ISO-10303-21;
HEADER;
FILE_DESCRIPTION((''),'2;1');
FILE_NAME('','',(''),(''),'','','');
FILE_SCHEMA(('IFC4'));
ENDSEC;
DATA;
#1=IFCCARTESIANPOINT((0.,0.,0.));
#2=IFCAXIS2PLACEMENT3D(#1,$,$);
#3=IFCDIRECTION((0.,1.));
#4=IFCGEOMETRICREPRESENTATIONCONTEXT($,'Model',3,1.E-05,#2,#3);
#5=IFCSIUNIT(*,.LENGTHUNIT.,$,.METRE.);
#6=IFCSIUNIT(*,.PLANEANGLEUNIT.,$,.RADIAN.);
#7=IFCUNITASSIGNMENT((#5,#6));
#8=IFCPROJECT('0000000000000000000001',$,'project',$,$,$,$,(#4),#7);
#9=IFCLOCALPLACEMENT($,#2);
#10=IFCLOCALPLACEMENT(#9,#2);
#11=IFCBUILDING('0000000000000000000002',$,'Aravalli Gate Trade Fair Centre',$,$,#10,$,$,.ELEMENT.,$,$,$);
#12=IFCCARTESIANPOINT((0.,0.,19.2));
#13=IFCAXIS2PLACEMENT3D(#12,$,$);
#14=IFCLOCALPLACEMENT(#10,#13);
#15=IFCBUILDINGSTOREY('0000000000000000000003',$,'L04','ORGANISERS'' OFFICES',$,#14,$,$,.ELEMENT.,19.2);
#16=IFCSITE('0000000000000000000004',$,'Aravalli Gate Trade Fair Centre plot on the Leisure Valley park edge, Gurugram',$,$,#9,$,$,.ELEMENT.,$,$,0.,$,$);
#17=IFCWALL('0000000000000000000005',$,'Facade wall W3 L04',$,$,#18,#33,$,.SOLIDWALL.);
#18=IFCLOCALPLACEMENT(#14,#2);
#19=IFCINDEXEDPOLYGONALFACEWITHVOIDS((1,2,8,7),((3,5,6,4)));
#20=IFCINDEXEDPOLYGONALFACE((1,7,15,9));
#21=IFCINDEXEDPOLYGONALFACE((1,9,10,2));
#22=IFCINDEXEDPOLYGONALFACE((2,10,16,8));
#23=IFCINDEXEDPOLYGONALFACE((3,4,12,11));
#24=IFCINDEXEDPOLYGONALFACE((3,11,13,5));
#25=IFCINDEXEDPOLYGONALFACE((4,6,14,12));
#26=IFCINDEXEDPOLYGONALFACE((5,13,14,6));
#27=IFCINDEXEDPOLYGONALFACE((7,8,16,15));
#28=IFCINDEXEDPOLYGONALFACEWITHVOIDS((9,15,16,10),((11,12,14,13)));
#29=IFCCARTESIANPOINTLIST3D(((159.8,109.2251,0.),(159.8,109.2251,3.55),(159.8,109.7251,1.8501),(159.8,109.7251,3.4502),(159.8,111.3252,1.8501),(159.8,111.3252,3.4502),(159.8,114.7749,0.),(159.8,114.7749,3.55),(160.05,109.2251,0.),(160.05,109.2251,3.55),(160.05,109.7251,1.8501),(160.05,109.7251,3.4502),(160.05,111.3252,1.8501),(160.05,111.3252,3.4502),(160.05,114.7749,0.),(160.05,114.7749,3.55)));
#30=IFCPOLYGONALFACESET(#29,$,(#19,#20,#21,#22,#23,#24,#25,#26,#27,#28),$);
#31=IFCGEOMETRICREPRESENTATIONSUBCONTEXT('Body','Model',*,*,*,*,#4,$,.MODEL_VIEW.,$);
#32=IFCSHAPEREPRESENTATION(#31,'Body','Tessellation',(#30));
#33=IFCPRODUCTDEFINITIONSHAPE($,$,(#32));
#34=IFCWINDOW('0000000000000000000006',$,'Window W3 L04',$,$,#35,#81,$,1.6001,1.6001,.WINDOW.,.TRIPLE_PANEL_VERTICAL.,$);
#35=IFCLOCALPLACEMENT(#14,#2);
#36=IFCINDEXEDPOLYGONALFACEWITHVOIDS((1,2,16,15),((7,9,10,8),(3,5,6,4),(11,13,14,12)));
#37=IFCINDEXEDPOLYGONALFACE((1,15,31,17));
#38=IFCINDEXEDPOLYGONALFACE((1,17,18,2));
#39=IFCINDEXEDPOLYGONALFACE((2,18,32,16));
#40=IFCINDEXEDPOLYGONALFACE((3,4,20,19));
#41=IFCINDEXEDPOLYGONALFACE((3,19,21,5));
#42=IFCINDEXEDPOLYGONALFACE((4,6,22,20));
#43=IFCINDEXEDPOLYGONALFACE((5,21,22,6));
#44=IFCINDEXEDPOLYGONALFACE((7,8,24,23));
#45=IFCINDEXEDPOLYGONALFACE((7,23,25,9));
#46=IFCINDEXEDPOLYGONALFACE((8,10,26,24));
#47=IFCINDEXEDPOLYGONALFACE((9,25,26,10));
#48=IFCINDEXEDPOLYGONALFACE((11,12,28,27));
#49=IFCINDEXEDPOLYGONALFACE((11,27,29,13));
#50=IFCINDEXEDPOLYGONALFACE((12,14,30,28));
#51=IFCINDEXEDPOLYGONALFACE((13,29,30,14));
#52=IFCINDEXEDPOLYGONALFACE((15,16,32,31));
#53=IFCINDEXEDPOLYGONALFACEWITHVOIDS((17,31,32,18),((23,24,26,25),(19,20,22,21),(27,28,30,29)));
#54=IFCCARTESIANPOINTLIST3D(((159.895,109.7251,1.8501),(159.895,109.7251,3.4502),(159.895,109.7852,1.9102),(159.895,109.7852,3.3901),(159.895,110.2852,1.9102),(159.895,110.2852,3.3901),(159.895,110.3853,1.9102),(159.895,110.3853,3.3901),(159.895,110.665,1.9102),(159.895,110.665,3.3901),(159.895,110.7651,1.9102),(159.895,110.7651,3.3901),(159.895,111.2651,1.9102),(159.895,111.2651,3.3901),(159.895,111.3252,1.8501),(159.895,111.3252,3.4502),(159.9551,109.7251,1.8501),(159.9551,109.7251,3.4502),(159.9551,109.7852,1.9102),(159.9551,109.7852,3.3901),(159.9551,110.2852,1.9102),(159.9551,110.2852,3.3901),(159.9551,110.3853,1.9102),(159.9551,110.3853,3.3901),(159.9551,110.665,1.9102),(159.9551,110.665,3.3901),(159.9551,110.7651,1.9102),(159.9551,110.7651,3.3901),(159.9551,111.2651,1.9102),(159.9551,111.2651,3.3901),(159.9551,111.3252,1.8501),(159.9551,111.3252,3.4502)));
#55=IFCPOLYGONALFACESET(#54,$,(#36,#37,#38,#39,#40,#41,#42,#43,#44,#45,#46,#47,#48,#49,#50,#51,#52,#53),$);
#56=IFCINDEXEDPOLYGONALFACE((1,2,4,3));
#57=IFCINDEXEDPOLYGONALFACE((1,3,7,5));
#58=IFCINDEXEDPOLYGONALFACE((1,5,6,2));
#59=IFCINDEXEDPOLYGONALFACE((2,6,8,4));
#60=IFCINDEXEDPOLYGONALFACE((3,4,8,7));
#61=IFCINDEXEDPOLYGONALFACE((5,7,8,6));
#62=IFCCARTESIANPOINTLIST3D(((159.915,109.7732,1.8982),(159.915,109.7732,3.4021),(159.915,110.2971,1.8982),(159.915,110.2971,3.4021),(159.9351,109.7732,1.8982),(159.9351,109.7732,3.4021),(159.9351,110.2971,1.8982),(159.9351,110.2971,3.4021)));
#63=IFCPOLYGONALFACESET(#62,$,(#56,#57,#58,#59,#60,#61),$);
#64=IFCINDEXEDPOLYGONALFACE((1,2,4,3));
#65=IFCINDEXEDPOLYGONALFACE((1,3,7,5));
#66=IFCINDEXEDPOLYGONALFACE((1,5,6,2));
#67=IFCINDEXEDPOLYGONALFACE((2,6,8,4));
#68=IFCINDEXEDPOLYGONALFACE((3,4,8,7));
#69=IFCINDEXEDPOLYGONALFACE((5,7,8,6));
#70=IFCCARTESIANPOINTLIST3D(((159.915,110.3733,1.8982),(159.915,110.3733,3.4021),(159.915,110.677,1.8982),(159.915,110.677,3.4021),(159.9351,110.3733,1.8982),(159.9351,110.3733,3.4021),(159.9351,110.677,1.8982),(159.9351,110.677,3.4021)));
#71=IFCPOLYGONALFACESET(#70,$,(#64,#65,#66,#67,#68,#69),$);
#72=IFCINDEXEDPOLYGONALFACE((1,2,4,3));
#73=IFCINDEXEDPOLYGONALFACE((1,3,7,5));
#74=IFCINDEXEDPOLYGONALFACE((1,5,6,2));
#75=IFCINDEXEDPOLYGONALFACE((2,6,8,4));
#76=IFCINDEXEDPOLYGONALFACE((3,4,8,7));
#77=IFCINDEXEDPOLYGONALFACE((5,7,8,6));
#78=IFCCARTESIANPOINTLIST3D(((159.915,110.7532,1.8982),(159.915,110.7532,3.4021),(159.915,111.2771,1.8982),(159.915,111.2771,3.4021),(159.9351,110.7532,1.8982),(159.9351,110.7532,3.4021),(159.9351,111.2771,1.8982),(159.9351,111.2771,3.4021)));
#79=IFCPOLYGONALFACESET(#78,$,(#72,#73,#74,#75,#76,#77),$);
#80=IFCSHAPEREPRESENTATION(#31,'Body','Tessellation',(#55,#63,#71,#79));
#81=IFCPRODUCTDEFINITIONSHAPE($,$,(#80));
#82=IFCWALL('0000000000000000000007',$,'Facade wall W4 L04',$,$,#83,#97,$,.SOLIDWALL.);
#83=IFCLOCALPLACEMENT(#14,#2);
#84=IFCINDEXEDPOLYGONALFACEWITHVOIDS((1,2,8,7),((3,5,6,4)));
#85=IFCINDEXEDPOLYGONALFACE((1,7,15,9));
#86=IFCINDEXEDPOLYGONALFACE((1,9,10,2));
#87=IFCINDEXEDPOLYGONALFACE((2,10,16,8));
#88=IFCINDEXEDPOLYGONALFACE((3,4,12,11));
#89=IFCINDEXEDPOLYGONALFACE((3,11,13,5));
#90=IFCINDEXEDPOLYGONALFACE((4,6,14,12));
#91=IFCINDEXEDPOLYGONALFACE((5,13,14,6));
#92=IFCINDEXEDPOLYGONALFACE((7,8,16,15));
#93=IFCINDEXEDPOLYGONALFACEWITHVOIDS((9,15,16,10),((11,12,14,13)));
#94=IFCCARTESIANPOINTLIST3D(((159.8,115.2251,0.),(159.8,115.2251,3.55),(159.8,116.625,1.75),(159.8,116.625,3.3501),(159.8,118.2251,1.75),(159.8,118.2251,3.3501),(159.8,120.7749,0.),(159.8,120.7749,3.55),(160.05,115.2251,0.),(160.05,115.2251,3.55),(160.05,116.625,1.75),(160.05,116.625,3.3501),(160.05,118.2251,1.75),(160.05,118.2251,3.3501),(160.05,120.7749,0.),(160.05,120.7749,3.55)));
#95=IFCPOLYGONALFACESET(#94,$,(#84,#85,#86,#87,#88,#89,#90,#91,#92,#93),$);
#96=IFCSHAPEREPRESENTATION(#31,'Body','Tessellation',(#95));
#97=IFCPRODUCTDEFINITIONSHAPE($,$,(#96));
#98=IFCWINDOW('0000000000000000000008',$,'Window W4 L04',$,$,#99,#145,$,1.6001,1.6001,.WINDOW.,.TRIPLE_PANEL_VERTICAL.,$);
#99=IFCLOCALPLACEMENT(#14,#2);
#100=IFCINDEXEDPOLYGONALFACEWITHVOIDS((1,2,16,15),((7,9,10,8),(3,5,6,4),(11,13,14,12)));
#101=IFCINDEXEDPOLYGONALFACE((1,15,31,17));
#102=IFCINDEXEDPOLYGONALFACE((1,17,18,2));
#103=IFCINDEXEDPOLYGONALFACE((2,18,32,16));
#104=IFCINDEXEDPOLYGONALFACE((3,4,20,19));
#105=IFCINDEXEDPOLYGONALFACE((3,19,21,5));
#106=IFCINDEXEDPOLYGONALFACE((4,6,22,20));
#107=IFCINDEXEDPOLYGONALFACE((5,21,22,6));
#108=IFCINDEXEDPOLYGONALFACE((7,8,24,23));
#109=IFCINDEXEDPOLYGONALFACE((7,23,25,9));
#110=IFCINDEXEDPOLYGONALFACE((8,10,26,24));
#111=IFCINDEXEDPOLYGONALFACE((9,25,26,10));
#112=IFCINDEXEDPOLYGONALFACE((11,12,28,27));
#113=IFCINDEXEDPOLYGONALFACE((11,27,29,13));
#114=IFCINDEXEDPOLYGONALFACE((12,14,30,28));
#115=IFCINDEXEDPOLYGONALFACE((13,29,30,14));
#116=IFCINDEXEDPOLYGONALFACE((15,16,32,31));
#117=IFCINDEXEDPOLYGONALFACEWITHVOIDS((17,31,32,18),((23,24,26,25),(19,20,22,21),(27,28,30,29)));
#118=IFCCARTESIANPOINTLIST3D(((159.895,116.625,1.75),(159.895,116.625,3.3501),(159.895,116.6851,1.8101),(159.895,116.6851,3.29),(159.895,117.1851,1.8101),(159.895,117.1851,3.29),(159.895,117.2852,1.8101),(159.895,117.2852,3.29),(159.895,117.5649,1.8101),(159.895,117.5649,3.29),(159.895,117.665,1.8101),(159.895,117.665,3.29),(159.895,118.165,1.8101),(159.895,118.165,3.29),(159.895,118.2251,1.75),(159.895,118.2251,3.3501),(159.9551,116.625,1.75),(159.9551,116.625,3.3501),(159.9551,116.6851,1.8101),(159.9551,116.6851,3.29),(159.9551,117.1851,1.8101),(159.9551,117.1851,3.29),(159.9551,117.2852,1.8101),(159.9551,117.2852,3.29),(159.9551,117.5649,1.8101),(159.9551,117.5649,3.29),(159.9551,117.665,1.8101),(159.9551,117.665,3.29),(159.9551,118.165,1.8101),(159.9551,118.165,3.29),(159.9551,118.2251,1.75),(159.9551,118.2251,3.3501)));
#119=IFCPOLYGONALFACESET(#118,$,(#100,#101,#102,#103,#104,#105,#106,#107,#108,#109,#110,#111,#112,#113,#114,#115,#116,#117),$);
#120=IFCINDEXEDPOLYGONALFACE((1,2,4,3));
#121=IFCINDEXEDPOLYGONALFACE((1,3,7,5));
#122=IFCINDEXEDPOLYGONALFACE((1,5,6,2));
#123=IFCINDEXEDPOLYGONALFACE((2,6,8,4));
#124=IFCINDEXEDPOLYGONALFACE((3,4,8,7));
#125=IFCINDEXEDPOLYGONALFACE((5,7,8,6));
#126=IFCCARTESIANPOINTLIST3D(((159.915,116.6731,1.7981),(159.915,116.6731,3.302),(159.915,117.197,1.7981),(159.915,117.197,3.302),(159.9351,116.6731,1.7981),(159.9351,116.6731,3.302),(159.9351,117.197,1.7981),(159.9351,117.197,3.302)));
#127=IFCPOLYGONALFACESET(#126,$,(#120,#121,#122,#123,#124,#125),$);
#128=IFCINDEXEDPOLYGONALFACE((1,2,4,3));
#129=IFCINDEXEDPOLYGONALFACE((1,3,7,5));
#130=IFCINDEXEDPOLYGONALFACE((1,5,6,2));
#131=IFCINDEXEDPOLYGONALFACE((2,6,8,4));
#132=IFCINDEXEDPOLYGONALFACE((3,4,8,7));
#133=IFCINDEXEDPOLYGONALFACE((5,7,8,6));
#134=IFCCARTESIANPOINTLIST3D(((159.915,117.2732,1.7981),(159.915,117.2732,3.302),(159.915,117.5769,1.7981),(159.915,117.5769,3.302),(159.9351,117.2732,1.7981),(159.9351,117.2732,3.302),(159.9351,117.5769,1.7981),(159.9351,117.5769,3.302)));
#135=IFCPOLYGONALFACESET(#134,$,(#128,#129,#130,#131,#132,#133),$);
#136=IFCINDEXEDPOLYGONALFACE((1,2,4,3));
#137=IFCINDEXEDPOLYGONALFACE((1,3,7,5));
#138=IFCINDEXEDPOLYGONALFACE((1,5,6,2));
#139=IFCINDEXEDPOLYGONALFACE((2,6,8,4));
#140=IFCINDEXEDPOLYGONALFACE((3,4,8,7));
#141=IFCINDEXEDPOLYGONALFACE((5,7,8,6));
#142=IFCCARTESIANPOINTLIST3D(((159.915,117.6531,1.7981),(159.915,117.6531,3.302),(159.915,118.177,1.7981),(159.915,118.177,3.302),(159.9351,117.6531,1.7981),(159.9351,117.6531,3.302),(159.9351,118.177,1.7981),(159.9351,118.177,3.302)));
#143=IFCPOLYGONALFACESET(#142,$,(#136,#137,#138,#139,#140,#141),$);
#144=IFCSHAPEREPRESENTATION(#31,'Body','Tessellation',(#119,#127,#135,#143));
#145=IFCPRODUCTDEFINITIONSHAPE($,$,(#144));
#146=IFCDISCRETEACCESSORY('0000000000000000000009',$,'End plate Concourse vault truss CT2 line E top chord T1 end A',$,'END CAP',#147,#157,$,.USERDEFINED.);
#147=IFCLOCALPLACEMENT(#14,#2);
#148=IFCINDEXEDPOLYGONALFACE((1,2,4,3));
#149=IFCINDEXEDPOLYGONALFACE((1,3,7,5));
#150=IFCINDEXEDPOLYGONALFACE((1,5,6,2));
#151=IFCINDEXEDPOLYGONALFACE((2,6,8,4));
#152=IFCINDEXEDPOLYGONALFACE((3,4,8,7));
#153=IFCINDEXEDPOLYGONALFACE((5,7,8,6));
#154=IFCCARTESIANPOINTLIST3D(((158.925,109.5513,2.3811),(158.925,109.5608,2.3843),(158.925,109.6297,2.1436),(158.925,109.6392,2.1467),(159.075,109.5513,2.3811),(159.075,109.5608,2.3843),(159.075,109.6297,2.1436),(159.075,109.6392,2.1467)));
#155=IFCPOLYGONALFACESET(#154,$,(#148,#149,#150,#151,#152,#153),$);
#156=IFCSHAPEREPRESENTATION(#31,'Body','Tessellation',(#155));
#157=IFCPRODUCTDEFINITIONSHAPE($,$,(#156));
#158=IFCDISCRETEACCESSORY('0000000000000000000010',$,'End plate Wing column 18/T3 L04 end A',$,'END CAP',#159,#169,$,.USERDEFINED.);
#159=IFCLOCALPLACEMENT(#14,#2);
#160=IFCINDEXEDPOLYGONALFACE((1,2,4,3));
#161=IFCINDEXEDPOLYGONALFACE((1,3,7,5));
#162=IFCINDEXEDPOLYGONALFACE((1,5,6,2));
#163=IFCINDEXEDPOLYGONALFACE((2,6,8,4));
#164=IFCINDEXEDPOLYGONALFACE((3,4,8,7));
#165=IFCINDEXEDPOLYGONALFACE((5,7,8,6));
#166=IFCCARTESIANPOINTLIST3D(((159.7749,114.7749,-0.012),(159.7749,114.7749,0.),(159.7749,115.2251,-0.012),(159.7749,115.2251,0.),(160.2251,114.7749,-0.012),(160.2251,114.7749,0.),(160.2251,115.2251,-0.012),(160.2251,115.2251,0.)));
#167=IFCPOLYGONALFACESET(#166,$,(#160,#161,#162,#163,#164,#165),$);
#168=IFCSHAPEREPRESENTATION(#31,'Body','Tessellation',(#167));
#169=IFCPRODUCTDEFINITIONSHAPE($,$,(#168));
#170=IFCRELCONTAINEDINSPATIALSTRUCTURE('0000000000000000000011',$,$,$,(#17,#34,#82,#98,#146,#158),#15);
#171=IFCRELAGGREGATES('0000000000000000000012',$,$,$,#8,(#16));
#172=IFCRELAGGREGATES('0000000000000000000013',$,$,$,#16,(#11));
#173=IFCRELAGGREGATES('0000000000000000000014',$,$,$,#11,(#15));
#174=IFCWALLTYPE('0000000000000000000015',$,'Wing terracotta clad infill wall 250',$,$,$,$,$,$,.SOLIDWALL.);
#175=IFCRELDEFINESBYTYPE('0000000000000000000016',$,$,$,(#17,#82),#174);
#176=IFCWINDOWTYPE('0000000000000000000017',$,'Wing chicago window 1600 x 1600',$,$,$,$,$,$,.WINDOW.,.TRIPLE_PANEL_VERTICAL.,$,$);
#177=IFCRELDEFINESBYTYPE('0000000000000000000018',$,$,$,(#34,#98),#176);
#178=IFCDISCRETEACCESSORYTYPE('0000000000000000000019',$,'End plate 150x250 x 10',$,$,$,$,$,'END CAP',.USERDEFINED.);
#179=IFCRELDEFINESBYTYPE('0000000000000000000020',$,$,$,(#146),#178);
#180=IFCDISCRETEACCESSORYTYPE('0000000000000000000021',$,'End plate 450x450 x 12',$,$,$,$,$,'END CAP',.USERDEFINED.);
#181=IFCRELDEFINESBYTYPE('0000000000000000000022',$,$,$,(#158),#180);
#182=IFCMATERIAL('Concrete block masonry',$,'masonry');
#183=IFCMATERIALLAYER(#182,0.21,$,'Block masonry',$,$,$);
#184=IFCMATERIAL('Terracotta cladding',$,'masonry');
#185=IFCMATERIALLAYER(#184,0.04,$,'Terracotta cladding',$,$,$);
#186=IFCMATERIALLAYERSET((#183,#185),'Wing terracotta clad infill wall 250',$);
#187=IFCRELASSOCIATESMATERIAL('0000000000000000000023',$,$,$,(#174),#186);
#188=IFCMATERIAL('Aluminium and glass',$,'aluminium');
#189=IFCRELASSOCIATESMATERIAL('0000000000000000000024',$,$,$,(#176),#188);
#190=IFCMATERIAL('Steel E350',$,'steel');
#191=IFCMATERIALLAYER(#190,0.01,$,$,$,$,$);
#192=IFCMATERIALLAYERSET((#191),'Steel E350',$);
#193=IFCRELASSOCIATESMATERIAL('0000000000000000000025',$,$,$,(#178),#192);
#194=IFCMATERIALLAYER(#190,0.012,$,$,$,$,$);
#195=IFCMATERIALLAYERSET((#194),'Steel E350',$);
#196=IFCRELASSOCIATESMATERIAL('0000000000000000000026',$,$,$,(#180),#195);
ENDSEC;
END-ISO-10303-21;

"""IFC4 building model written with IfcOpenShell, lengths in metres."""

from ifc_helpers import new_model, si_unit, direction, frame, frame_2d, origin, place, context, subcontext, project, spatial, polyline, rectangle, outline, extrude, material, layer, layer_set, type_object, element, fill, save


model = new_model("IFC4")

# Units and contexts
model_context = context("Model", 3, precision=1e-05, world=origin(), true_north=direction((0.0, 1.0)))
body_context = subcontext(model_context, "Body", "Model", "MODEL_VIEW")
ifc_project = project(units=[si_unit("LENGTHUNIT", "METRE"), si_unit("PLANEANGLEUNIT", "RADIAN")], contexts=[model_context])

# Site, building, storey
site_placement = place(None, origin())
site = spatial("IfcSite", under=ifc_project, at=site_placement, Name="Aravalli Gate Trade Fair Centre plot on the Leisure Valley park edge, Gurugram", CompositionType="ELEMENT", RefElevation=0.0)
building_placement = place(site_placement, origin())
building = spatial("IfcBuilding", under=site, at=building_placement, Name="Aravalli Gate Trade Fair Centre", CompositionType="ELEMENT")
storey_placement = place(building_placement, frame((0.0, 0.0, 19.2)))
storey = spatial("IfcBuildingStorey", under=building, at=storey_placement, Name="L04", Description="ORGANISERS' OFFICES", CompositionType="ELEMENT", Elevation=19.2)

# Shared definitions
ifc_material_1 = material(Name="Steel E350", Category="steel")

# Shared definitions
ifc_material_2 = material(Name="Aluminium and glass", Category="aluminium")

# Walls, openings, windows
ifc_material_3 = material(Name="Concrete block masonry", Category="masonry")
ifc_layer_1 = layer(ifc_material_3, 0.21, Name="Block masonry")
ifc_material_4 = material(Name="Terracotta cladding", Category="masonry")
ifc_layer_2 = layer(ifc_material_4, 0.04, Name="Terracotta cladding")
ifc_layer_set_1 = layer_set([ifc_layer_1, ifc_layer_2], Name="Wing terracotta clad infill wall 250")
wall_type_1 = type_object("IfcWallType", Name="Wing terracotta clad infill wall 250", PredefinedType="SOLIDWALL", material=ifc_layer_set_1)
wall_1_placement = place(storey_placement, frame((159.925, 109.2251, 0.0), z_axis=(0.0, 0.0, 1.0), x_axis=(0.0, 1.0, 0.0)))
wall_1 = element("IfcWall", 1, at=wall_1_placement, inside=storey, type_object=wall_type_1, Name="Facade wall W3 L04", PredefinedType="SOLIDWALL", context=body_context, shape_type="SweptSolid", body=[
    extrude(rectangle(XDim=5.5498, YDim=0.25, at=frame_2d((2.7749, 0.0))), origin(), (0.0, 0.0, 1.0), 3.55),
])
opening_1_placement = place(wall_1_placement, frame((0.5, 0.0, 1.8501)))
opening_1 = element("IfcOpeningElement", 2, at=opening_1_placement, cuts=wall_1, PredefinedType="OPENING", context=body_context, shape_type="SweptSolid", body=[
    extrude(rectangle(XDim=1.6001, YDim=1.6001, at=frame_2d((0.8, 0.8))), frame((0.0, 0.135, 0.0), z_axis=(0.0, -1.0, 0.0), x_axis=(1.0, 0.0, 0.0)), (0.0, 0.0, 1.0), 0.27),
])
window_type = type_object("IfcWindowType", Name="Wing chicago window 1600 x 1600", PartitioningType="TRIPLE_PANEL_VERTICAL", PredefinedType="WINDOW", material=ifc_material_2)
window_1_placement = place(opening_1_placement, origin())
window_1 = element("IfcWindow", 3, at=window_1_placement, inside=storey, type_object=window_type, Name="Window W3 L04", OverallHeight=1.6001, OverallWidth=1.6001, PartitioningType="TRIPLE_PANEL_VERTICAL", PredefinedType="WINDOW", context=body_context, shape_type="SweptSolid", body=[
    extrude(outline(polyline([(0.0, 0.0), (1.6001, 0.0), (1.6001, 1.6001), (0.0, 1.6001), (0.0, 0.0)]), holes=[polyline([(0.0601, 0.0601), (0.5601, 0.0601), (0.5601, 1.54), (0.0601, 1.54), (0.0601, 0.0601)]), polyline([(0.6602, 0.0601), (0.9399, 0.0601), (0.9399, 1.54), (0.6602, 1.54), (0.6602, 0.0601)]), polyline([(1.04, 0.0601), (1.54, 0.0601), (1.54, 1.54), (1.04, 1.54), (1.04, 0.0601)])]), frame((0.0, 0.03, 0.0), z_axis=(0.0, -1.0, 0.0), x_axis=(1.0, 0.0, 0.0)), (0.0, 0.0, 1.0), 0.0601),
    extrude(rectangle(XDim=0.5239, YDim=1.5039, at=frame_2d((0.3101, 0.8))), frame((0.0, 0.01, 0.0), z_axis=(0.0, -1.0, 0.0), x_axis=(1.0, 0.0, 0.0)), (0.0, 0.0, 1.0), 0.02),
    extrude(rectangle(XDim=0.3037, YDim=1.5039, at=frame_2d((0.8, 0.8))), frame((0.0, 0.01, 0.0), z_axis=(0.0, -1.0, 0.0), x_axis=(1.0, 0.0, 0.0)), (0.0, 0.0, 1.0), 0.02),
    extrude(rectangle(XDim=0.5239, YDim=1.5039, at=frame_2d((1.29, 0.8))), frame((0.0, 0.01, 0.0), z_axis=(0.0, -1.0, 0.0), x_axis=(1.0, 0.0, 0.0)), (0.0, 0.0, 1.0), 0.02),
])
fill(opening_1, window_1)
wall_2_placement = place(storey_placement, frame((159.925, 115.2251, 0.0), z_axis=(0.0, 0.0, 1.0), x_axis=(0.0, 1.0, 0.0)))
wall_2 = element("IfcWall", 4, at=wall_2_placement, inside=storey, type_object=wall_type_1, Name="Facade wall W4 L04", PredefinedType="SOLIDWALL", context=body_context, shape_type="SweptSolid", body=[
    extrude(rectangle(XDim=5.5498, YDim=0.25, at=frame_2d((2.7749, 0.0))), origin(), (0.0, 0.0, 1.0), 3.55),
])
opening_2_placement = place(wall_2_placement, frame((1.3999, 0.0, 1.75)))
opening_2 = element("IfcOpeningElement", 5, at=opening_2_placement, cuts=wall_2, PredefinedType="OPENING", context=body_context, shape_type="SweptSolid", body=[
    extrude(rectangle(XDim=1.6001, YDim=1.6001, at=frame_2d((0.8, 0.8))), frame((0.0, 0.135, 0.0), z_axis=(0.0, -1.0, 0.0), x_axis=(1.0, 0.0, 0.0)), (0.0, 0.0, 1.0), 0.27),
])
window_2_placement = place(opening_2_placement, origin())
window_2 = element("IfcWindow", 6, at=window_2_placement, inside=storey, type_object=window_type, Name="Window W4 L04", OverallHeight=1.6001, OverallWidth=1.6001, PartitioningType="TRIPLE_PANEL_VERTICAL", PredefinedType="WINDOW", context=body_context, shape_type="SweptSolid", body=[
    extrude(outline(polyline([(0.0, 0.0), (1.6001, 0.0), (1.6001, 1.6001), (0.0, 1.6001), (0.0, 0.0)]), holes=[polyline([(0.0601, 0.0601), (0.5601, 0.0601), (0.5601, 1.54), (0.0601, 1.54), (0.0601, 0.0601)]), polyline([(0.6602, 0.0601), (0.9399, 0.0601), (0.9399, 1.54), (0.6602, 1.54), (0.6602, 0.0601)]), polyline([(1.04, 0.0601), (1.54, 0.0601), (1.54, 1.54), (1.04, 1.54), (1.04, 0.0601)])]), frame((0.0, 0.03, 0.0), z_axis=(0.0, -1.0, 0.0), x_axis=(1.0, 0.0, 0.0)), (0.0, 0.0, 1.0), 0.0601),
    extrude(rectangle(XDim=0.5239, YDim=1.5039, at=frame_2d((0.3101, 0.8))), frame((0.0, 0.01, 0.0), z_axis=(0.0, -1.0, 0.0), x_axis=(1.0, 0.0, 0.0)), (0.0, 0.0, 1.0), 0.02),
    extrude(rectangle(XDim=0.3037, YDim=1.5039, at=frame_2d((0.8, 0.8))), frame((0.0, 0.01, 0.0), z_axis=(0.0, -1.0, 0.0), x_axis=(1.0, 0.0, 0.0)), (0.0, 0.0, 1.0), 0.02),
    extrude(rectangle(XDim=0.5239, YDim=1.5039, at=frame_2d((1.29, 0.8))), frame((0.0, 0.01, 0.0), z_axis=(0.0, -1.0, 0.0), x_axis=(1.0, 0.0, 0.0)), (0.0, 0.0, 1.0), 0.02),
])
fill(opening_2, window_2)

# Discrete accessories
ifc_layer_3 = layer(ifc_material_1, 0.01)
ifc_layer_set_2 = layer_set([ifc_layer_3], Name="Steel E350")
discrete_accessory_type_1 = type_object("IfcDiscreteAccessoryType", Name="End plate 150x250 x 10", ElementType="END CAP", PredefinedType="USERDEFINED", material=ifc_layer_set_2)
discrete_accessory_1_placement = place(storey_placement, frame((159.075, 109.6392, 2.1467), z_axis=(0.0, 0.949655, 0.313298), x_axis=(-1.0, 0.0, 0.0)))
element("IfcDiscreteAccessory", 7, at=discrete_accessory_1_placement, inside=storey, type_object=discrete_accessory_type_1, Name="End plate Concourse vault truss CT2 line E top chord T1 end A", ObjectType="END CAP", PredefinedType="USERDEFINED", context=body_context, shape_type="SweptSolid", body=[
    extrude(outline(polyline([(0.0, 0.0), (0.1499, 0.0), (0.1499, 0.2501), (0.0, 0.2501), (0.0, 0.0)])), origin(), (0.0, 0.0, -1.0), 0.01),
])
ifc_layer_4 = layer(ifc_material_1, 0.012)
ifc_layer_set_3 = layer_set([ifc_layer_4], Name="Steel E350")
discrete_accessory_type_2 = type_object("IfcDiscreteAccessoryType", Name="End plate 450x450 x 12", ElementType="END CAP", PredefinedType="USERDEFINED", material=ifc_layer_set_3)
discrete_accessory_2_placement = place(storey_placement, frame((159.7749, 114.7749, 0.0), z_axis=(0.0, 0.0, 1.0), x_axis=(1.0, 0.0, 0.0)))
element("IfcDiscreteAccessory", 8, at=discrete_accessory_2_placement, inside=storey, type_object=discrete_accessory_type_2, Name="End plate Wing column 18/T3 L04 end A", ObjectType="END CAP", PredefinedType="USERDEFINED", context=body_context, shape_type="SweptSolid", body=[
    extrude(outline(polyline([(0.0, 0.0), (0.4502, 0.0), (0.4502, 0.4502), (0.0, 0.4502), (0.0, 0.0)])), origin(), (0.0, 0.0, -1.0), 0.012),
])

save(model, "model.ifc")
